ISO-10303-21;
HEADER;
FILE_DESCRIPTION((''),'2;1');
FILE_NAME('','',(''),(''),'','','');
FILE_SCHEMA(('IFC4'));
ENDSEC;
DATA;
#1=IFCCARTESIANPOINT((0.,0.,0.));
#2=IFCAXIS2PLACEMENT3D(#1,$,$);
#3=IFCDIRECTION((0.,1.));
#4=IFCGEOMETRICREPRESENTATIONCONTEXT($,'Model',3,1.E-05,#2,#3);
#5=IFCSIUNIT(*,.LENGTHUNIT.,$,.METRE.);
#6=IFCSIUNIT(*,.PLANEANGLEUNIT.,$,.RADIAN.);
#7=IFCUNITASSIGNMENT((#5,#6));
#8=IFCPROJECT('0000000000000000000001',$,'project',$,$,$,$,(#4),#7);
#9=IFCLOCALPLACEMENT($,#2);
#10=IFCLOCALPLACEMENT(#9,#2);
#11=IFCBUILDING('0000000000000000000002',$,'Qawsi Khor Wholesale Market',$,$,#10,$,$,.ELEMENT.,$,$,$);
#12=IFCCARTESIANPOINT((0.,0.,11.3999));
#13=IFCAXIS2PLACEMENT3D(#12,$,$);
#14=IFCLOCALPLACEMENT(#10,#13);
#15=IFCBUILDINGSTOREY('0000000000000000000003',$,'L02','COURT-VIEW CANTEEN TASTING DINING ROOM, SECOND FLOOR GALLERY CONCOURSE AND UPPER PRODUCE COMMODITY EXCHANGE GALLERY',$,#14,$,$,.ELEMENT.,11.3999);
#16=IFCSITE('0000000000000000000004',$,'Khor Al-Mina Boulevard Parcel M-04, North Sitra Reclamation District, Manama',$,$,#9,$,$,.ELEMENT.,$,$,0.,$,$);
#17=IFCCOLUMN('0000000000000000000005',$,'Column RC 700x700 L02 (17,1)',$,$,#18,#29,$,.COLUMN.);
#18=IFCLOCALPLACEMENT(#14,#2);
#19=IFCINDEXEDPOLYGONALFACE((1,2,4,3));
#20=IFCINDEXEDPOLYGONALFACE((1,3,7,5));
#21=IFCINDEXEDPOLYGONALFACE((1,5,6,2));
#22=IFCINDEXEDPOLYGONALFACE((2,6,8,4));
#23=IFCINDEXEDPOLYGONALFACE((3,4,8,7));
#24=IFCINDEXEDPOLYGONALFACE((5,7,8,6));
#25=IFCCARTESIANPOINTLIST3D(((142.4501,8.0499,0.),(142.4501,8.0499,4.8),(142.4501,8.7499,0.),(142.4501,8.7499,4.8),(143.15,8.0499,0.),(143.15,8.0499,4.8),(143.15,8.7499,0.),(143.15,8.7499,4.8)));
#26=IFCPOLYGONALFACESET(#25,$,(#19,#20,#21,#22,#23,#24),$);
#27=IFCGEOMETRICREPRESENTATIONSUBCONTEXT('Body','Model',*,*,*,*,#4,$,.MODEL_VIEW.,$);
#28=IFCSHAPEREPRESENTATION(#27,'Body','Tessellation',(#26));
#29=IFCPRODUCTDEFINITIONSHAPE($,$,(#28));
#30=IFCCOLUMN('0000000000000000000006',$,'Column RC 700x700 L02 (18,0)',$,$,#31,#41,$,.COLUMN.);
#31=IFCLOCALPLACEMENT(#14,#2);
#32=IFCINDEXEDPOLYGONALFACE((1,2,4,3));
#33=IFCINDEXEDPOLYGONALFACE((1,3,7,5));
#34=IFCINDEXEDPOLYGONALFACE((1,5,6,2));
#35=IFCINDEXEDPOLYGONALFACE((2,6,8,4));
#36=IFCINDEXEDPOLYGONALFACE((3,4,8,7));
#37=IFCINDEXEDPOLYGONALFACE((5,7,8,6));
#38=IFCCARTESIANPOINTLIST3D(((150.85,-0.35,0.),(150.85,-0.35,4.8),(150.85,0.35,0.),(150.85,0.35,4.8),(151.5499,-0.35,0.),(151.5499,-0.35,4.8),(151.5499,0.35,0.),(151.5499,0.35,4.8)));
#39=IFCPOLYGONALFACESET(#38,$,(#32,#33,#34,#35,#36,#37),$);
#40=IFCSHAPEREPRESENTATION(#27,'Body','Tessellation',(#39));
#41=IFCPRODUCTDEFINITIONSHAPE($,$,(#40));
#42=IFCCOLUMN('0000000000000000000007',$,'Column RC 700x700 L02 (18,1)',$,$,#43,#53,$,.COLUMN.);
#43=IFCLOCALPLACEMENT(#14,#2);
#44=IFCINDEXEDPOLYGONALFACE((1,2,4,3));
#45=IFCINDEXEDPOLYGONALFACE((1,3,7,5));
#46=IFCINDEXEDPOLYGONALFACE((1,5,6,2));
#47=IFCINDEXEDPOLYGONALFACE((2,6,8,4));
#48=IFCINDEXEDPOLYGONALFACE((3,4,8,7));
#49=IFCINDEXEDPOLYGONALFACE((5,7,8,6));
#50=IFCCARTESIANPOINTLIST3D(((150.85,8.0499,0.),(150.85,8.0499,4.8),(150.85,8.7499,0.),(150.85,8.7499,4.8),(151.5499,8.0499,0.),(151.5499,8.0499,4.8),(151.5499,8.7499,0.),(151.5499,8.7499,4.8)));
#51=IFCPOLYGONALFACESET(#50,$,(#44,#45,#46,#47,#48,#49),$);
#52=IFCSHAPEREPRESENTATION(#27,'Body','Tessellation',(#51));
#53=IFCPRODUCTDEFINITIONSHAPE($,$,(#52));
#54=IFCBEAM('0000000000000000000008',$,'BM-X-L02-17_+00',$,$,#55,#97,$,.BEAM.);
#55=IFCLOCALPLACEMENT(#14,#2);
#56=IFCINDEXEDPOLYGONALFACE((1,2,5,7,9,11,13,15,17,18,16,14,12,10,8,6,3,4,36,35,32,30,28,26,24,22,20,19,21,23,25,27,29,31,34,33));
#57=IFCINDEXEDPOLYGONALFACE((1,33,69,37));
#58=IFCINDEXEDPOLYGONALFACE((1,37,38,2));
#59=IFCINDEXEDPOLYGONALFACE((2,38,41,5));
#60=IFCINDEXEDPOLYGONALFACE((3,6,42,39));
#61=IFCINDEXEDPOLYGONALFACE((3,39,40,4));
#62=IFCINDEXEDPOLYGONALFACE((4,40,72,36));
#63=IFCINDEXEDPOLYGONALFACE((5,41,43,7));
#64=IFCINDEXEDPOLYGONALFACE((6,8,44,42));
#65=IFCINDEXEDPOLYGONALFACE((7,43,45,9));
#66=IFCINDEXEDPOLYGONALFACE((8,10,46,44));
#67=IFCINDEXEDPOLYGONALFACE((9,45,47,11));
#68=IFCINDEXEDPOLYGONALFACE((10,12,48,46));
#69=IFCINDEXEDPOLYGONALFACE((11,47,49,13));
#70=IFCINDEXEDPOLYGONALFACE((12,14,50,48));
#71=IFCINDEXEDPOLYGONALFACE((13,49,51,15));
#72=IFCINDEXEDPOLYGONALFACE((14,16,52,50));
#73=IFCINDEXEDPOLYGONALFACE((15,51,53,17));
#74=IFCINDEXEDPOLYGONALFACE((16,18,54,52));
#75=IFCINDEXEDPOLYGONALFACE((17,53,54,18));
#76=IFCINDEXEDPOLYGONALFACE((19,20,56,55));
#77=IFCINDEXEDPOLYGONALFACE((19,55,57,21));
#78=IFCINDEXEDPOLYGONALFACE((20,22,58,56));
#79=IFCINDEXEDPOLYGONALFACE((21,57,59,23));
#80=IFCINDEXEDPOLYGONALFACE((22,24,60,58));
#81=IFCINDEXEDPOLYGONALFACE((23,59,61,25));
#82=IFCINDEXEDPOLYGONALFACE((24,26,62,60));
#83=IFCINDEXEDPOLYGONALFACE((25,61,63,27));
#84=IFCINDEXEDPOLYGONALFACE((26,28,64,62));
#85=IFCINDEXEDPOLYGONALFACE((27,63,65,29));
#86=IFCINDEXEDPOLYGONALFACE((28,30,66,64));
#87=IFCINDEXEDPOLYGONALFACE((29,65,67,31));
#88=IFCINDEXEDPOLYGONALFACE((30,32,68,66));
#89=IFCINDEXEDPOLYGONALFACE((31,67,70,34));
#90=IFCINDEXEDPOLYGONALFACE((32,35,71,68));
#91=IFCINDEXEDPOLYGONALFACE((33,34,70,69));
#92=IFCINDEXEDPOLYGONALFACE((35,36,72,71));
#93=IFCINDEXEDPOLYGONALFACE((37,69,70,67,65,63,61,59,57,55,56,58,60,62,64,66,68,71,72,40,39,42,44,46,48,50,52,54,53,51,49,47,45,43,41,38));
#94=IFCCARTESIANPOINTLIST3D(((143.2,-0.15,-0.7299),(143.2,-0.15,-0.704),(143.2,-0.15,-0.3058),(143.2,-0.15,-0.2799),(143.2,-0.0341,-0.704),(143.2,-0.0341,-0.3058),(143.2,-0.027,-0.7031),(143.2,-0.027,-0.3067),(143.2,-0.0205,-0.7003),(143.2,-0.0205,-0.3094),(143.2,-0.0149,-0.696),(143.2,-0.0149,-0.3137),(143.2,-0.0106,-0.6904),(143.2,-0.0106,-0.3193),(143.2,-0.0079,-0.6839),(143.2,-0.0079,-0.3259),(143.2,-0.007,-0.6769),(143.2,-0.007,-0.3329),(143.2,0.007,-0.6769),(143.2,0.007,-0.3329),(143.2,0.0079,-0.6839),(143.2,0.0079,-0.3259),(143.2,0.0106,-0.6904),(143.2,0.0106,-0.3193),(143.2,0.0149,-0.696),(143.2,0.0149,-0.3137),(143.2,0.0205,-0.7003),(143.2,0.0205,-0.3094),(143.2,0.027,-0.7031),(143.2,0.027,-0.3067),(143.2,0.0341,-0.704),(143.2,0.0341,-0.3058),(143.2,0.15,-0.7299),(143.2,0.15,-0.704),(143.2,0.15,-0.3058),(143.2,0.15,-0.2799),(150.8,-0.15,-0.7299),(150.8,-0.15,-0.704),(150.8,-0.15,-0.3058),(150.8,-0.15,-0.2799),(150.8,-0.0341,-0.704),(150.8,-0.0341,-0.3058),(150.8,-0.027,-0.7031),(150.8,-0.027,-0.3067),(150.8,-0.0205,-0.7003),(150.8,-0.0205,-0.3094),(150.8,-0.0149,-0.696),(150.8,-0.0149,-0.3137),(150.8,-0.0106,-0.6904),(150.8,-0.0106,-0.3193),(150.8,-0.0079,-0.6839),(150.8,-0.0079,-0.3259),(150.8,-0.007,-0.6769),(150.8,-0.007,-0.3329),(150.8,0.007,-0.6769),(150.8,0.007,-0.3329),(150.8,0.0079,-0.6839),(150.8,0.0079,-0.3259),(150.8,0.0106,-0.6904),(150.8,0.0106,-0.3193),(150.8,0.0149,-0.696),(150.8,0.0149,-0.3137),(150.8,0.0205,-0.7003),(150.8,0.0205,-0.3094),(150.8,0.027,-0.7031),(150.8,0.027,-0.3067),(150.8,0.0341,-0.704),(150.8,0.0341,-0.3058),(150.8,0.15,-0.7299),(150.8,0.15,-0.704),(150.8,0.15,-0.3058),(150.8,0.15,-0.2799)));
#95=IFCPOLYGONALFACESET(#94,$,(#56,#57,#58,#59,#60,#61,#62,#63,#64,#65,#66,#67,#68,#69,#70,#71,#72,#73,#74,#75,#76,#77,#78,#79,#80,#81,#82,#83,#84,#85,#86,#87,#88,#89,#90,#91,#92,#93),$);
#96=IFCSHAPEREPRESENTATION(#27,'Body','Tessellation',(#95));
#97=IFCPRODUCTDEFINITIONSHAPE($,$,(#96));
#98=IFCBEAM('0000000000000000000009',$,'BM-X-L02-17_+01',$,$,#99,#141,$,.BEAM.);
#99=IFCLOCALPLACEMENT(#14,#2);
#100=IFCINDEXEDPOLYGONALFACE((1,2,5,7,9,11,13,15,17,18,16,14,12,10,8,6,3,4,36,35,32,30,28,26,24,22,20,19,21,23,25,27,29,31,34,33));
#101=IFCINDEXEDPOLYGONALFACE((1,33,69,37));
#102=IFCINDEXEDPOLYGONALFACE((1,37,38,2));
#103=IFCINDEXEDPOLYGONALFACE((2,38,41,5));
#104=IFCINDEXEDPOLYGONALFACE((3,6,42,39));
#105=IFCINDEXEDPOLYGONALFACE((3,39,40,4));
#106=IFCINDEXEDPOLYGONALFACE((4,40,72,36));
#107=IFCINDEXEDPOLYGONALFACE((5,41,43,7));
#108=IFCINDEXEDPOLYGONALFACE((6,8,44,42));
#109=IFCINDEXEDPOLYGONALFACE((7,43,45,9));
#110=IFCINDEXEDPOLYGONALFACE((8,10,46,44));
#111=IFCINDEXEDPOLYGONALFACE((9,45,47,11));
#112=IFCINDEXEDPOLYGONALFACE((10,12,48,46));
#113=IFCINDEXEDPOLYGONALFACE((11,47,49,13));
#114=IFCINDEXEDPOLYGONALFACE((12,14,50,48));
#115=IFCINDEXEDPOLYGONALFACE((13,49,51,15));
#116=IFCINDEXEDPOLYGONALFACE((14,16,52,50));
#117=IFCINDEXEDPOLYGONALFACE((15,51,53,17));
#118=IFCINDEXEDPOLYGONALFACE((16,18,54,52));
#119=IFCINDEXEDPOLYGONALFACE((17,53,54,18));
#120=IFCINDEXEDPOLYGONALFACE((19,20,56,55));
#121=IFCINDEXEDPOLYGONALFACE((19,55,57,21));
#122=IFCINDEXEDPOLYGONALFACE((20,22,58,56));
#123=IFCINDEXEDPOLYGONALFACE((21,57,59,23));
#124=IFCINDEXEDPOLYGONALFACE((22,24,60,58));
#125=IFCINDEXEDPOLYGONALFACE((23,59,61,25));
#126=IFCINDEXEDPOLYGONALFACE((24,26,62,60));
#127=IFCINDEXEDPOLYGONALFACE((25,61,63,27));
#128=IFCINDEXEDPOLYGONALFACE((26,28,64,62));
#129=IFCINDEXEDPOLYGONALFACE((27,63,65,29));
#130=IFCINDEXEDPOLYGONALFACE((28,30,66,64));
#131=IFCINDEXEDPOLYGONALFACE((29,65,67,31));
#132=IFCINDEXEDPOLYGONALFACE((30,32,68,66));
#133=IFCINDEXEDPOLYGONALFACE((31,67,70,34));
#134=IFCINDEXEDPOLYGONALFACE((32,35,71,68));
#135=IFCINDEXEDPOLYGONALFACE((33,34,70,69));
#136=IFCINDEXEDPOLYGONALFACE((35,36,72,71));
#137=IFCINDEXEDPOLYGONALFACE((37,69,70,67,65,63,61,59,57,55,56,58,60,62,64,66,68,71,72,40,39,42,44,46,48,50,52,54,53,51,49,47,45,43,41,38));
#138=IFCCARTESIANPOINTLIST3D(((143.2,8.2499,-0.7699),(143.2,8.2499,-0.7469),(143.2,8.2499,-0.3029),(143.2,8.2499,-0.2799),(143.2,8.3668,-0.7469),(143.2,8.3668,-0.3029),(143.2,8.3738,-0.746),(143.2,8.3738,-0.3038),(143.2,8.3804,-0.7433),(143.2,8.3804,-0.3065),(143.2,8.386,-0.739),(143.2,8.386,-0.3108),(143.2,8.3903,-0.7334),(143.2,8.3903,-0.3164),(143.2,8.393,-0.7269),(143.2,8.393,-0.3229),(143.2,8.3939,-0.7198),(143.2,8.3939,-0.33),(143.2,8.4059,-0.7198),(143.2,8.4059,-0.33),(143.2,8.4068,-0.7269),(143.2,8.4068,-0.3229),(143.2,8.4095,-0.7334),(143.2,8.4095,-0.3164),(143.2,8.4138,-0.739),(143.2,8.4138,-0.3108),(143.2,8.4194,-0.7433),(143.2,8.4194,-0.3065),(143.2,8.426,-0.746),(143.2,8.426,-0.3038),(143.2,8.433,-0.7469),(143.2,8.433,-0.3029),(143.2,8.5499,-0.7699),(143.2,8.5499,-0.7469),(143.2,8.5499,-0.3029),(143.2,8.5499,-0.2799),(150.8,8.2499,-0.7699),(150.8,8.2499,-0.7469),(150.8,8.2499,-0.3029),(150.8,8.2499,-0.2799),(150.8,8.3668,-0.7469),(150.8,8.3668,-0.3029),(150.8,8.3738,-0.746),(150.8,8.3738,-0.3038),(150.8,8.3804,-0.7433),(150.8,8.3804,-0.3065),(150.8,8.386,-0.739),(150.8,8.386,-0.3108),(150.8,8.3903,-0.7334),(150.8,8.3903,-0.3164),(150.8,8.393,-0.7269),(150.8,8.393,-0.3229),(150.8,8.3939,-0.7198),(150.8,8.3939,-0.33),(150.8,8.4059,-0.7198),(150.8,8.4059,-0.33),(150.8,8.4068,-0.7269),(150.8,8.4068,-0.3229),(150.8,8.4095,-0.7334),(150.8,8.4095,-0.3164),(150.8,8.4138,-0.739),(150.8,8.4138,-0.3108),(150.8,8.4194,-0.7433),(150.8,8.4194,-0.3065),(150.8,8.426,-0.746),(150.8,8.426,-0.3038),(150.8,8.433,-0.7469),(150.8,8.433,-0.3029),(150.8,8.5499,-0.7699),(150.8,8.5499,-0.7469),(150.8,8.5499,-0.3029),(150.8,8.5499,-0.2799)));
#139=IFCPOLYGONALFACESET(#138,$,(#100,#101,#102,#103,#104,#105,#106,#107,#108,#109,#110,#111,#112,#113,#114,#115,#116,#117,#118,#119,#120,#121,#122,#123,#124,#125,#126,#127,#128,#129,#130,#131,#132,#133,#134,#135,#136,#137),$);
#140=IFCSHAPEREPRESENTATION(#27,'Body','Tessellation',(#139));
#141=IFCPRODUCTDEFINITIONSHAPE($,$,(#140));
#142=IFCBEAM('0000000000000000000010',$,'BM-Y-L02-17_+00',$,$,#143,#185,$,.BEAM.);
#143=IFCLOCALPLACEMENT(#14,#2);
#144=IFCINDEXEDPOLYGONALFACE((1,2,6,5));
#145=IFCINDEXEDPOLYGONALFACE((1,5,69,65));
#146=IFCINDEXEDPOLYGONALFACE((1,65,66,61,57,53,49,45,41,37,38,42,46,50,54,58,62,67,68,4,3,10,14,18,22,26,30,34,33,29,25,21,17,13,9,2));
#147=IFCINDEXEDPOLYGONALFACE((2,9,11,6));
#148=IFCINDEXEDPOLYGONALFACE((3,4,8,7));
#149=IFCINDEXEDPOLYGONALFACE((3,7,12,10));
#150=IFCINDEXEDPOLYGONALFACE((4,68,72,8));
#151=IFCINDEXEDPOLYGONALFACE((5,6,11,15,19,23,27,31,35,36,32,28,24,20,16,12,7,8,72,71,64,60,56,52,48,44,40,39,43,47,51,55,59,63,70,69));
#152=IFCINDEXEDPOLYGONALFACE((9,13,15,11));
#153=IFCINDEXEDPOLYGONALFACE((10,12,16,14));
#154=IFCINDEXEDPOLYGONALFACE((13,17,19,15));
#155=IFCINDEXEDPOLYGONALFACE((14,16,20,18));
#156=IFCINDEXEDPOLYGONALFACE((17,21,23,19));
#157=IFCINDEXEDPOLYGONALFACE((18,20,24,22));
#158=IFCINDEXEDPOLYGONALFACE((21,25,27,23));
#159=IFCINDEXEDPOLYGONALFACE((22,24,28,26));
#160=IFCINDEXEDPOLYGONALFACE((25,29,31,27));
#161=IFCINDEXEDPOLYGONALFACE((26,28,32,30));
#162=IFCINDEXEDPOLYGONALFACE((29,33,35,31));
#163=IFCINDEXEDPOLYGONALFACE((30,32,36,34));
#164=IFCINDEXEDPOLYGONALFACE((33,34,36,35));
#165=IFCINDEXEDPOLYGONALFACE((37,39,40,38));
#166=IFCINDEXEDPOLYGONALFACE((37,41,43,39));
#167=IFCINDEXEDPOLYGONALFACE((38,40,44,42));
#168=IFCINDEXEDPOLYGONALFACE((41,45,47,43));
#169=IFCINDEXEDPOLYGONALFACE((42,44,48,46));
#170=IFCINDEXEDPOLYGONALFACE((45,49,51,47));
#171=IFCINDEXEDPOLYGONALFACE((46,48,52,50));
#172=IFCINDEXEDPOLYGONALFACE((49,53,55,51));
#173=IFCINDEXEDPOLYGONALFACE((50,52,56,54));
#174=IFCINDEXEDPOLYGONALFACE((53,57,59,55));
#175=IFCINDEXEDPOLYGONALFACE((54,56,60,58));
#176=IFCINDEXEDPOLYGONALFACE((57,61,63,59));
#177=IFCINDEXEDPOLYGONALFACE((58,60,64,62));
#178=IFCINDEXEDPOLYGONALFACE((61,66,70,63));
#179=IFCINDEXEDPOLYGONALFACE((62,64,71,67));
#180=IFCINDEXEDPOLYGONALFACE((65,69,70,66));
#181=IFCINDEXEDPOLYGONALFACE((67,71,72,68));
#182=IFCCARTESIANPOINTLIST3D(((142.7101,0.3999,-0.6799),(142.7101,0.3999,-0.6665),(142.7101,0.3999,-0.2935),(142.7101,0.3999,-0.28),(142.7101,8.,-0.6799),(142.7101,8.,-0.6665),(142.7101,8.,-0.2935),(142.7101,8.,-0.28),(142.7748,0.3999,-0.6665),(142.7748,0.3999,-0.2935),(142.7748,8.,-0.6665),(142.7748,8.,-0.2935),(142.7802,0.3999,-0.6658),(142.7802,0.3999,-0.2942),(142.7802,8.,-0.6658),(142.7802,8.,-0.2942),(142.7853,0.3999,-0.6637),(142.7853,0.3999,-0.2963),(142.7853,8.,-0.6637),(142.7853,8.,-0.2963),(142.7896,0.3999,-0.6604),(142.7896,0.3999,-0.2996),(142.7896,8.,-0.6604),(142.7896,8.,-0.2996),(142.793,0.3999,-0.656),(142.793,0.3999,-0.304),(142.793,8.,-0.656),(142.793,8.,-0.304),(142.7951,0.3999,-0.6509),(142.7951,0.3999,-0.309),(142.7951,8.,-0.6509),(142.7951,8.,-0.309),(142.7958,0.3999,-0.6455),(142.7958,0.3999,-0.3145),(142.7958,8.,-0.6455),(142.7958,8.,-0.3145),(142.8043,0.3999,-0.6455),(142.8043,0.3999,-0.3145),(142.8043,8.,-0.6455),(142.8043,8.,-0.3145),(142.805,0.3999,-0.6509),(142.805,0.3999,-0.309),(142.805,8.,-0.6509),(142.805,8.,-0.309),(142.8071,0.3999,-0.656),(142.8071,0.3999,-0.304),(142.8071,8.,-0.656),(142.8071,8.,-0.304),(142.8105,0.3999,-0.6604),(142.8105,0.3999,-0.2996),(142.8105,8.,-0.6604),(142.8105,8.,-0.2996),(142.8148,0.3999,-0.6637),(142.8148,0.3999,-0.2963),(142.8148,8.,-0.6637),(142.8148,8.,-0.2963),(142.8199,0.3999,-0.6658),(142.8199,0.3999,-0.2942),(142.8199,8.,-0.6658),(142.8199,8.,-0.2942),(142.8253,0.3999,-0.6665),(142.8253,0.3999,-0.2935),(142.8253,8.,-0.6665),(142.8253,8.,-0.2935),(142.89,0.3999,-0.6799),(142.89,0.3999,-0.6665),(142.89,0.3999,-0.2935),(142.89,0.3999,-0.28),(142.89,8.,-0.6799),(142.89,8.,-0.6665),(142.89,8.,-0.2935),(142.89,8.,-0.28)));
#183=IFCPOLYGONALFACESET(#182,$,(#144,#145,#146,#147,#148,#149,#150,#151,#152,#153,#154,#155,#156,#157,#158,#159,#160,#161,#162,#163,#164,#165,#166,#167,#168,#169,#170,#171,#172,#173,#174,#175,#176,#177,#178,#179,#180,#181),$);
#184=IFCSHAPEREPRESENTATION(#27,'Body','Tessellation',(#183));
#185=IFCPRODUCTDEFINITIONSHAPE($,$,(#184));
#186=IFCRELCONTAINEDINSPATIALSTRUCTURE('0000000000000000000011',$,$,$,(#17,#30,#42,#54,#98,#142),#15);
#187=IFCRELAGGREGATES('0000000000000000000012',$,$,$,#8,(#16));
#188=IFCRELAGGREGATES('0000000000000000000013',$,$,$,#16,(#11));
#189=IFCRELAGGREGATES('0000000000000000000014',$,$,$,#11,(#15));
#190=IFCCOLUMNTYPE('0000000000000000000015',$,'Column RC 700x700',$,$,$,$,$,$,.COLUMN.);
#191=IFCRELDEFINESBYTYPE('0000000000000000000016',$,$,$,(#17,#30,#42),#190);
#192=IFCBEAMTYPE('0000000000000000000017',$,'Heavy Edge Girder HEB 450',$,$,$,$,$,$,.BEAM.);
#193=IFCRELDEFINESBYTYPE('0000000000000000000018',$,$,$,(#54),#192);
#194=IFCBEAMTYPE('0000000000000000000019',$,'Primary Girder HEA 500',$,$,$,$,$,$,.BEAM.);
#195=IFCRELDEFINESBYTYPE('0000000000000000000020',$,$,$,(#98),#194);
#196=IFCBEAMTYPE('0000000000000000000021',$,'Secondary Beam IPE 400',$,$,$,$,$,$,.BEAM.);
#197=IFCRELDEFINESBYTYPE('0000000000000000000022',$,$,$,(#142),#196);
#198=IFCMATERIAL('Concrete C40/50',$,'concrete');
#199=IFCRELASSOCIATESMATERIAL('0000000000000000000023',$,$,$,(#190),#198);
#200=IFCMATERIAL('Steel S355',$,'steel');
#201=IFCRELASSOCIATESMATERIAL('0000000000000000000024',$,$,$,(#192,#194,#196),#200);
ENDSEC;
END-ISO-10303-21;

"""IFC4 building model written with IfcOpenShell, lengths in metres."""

from ifc_helpers import new_model, si_unit, direction, frame, origin, origin_2d, place, context, subcontext, project, spatial, rectangle, i_section, extrude, material, material_profile, profile_set, type_object, element, save


model = new_model("IFC4")

# Units and contexts
model_context = context("Model", 3, precision=1e-05, world=origin(), true_north=direction((0.0, 1.0)))
body_context = subcontext(model_context, "Body", "Model", "MODEL_VIEW")
ifc_project = project(units=[si_unit("LENGTHUNIT", "METRE"), si_unit("PLANEANGLEUNIT", "RADIAN")], contexts=[model_context])

# Site, building, storey
site_placement = place(None, origin())
site = spatial("IfcSite", under=ifc_project, at=site_placement, Name="Khor Al-Mina Boulevard Parcel M-04, North Sitra Reclamation District, Manama", CompositionType="ELEMENT", RefElevation=0.0)
building_placement = place(site_placement, origin())
building = spatial("IfcBuilding", under=site, at=building_placement, Name="Qawsi Khor Wholesale Market", CompositionType="ELEMENT")
storey_placement = place(building_placement, frame((0.0, 0.0, 11.3999)))
storey = spatial("IfcBuildingStorey", under=building, at=storey_placement, Name="L02", Description="COURT-VIEW CANTEEN TASTING DINING ROOM, SECOND FLOOR GALLERY CONCOURSE AND UPPER PRODUCE COMMODITY EXCHANGE GALLERY", CompositionType="ELEMENT", Elevation=11.3999)

# Columns
ifc_material_1 = material(Name="Concrete C40/50", Category="concrete")
ifc_material_profile_1 = material_profile(ifc_material_1, rectangle(XDim=0.7, YDim=0.7, at=origin_2d()), Name="RC 700x700")
ifc_profile_set_1 = profile_set([ifc_material_profile_1], Name="Concrete C40/50")
column_type = type_object("IfcColumnType", Name="Column RC 700x700", PredefinedType="COLUMN", material=ifc_profile_set_1)
for number, where, z_axis, x_axis, name in (
    (1, (142.8, 8.3999, 0.0), (0.0, 0.0, 1.0), (1.0, 0.0, 0.0), "Column RC 700x700 L02 (17,1)"),
    (2, (151.2, 0.0, 0.0), (0.0, 0.0, 1.0), (1.0, 0.0, 0.0), "Column RC 700x700 L02 (18,0)"),
    (3, (151.2, 8.3999, 0.0), (0.0, 0.0, 1.0), (1.0, 0.0, 0.0), "Column RC 700x700 L02 (18,1)"),
):
    element("IfcColumn", number, at=place(storey_placement, frame(where, z_axis=z_axis, x_axis=x_axis)), inside=storey, type_object=column_type, Name=name, PredefinedType="COLUMN", context=body_context, shape_type="SweptSolid", body=[
        extrude(rectangle(XDim=0.7, YDim=0.7, at=origin_2d()), origin(), (0.0, 0.0, 1.0), 4.8),
    ])

# Beams
ifc_material_2 = material(Name="Steel S355", Category="steel")
ifc_material_profile_2 = material_profile(ifc_material_2, i_section(OverallWidth=0.3, OverallDepth=0.45, WebThickness=0.0139, FlangeThickness=0.0259, FilletRadius=0.0271, at=origin_2d()), Name="HEB 450")
ifc_profile_set_2 = profile_set([ifc_material_profile_2], Name="Steel S355")
beam_type_1 = type_object("IfcBeamType", Name="Heavy Edge Girder HEB 450", PredefinedType="BEAM", material=ifc_profile_set_2)
beam_1_placement = place(storey_placement, frame((143.2, 0.0, -0.5049), z_axis=(1.0, 0.0, 0.0), x_axis=(0.0, 1.0, 0.0)))
element("IfcBeam", 4, at=beam_1_placement, inside=storey, type_object=beam_type_1, Name="BM-X-L02-17_+00", PredefinedType="BEAM", context=body_context, shape_type="SweptSolid", body=[
    extrude(i_section(OverallWidth=0.3, OverallDepth=0.45, WebThickness=0.0139, FlangeThickness=0.0259, FilletRadius=0.0271, at=origin_2d()), origin(), (0.0, 0.0, 1.0), 7.6001),
])
ifc_material_profile_3 = material_profile(ifc_material_2, i_section(OverallWidth=0.3, OverallDepth=0.49, WebThickness=0.012, FlangeThickness=0.0229, FilletRadius=0.0271, at=origin_2d()), Name="HEA 500")
ifc_profile_set_3 = profile_set([ifc_material_profile_3], Name="Steel S355")
beam_type_2 = type_object("IfcBeamType", Name="Primary Girder HEA 500", PredefinedType="BEAM", material=ifc_profile_set_3)
beam_2_placement = place(storey_placement, frame((143.2, 8.3999, -0.5249), z_axis=(1.0, 0.0, 0.0), x_axis=(0.0, 1.0, 0.0)))
element("IfcBeam", 5, at=beam_2_placement, inside=storey, type_object=beam_type_2, Name="BM-X-L02-17_+01", PredefinedType="BEAM", context=body_context, shape_type="SweptSolid", body=[
    extrude(i_section(OverallWidth=0.3, OverallDepth=0.49, WebThickness=0.012, FlangeThickness=0.0229, FilletRadius=0.0271, at=origin_2d()), origin(), (0.0, 0.0, 1.0), 7.6001),
])
ifc_material_profile_4 = material_profile(ifc_material_2, i_section(OverallWidth=0.1799, OverallDepth=0.3999, WebThickness=0.0085, FlangeThickness=0.0134, FilletRadius=0.021, at=origin_2d()), Name="IPE 400")
ifc_profile_set_4 = profile_set([ifc_material_profile_4], Name="Steel S355")
beam_type_3 = type_object("IfcBeamType", Name="Secondary Beam IPE 400", PredefinedType="BEAM", material=ifc_profile_set_4)
beam_3_placement = place(storey_placement, frame((142.8, 0.3999, -0.48), z_axis=(0.0, 1.0, 0.0), x_axis=(-1.0, 0.0, 0.0)))
element("IfcBeam", 6, at=beam_3_placement, inside=storey, type_object=beam_type_3, Name="BM-Y-L02-17_+00", PredefinedType="BEAM", context=body_context, shape_type="SweptSolid", body=[
    extrude(i_section(OverallWidth=0.1799, OverallDepth=0.3999, WebThickness=0.0085, FlangeThickness=0.0134, FilletRadius=0.021, at=origin_2d()), origin(), (0.0, 0.0, 1.0), 7.6001),
])

save(model, "model.ifc")
